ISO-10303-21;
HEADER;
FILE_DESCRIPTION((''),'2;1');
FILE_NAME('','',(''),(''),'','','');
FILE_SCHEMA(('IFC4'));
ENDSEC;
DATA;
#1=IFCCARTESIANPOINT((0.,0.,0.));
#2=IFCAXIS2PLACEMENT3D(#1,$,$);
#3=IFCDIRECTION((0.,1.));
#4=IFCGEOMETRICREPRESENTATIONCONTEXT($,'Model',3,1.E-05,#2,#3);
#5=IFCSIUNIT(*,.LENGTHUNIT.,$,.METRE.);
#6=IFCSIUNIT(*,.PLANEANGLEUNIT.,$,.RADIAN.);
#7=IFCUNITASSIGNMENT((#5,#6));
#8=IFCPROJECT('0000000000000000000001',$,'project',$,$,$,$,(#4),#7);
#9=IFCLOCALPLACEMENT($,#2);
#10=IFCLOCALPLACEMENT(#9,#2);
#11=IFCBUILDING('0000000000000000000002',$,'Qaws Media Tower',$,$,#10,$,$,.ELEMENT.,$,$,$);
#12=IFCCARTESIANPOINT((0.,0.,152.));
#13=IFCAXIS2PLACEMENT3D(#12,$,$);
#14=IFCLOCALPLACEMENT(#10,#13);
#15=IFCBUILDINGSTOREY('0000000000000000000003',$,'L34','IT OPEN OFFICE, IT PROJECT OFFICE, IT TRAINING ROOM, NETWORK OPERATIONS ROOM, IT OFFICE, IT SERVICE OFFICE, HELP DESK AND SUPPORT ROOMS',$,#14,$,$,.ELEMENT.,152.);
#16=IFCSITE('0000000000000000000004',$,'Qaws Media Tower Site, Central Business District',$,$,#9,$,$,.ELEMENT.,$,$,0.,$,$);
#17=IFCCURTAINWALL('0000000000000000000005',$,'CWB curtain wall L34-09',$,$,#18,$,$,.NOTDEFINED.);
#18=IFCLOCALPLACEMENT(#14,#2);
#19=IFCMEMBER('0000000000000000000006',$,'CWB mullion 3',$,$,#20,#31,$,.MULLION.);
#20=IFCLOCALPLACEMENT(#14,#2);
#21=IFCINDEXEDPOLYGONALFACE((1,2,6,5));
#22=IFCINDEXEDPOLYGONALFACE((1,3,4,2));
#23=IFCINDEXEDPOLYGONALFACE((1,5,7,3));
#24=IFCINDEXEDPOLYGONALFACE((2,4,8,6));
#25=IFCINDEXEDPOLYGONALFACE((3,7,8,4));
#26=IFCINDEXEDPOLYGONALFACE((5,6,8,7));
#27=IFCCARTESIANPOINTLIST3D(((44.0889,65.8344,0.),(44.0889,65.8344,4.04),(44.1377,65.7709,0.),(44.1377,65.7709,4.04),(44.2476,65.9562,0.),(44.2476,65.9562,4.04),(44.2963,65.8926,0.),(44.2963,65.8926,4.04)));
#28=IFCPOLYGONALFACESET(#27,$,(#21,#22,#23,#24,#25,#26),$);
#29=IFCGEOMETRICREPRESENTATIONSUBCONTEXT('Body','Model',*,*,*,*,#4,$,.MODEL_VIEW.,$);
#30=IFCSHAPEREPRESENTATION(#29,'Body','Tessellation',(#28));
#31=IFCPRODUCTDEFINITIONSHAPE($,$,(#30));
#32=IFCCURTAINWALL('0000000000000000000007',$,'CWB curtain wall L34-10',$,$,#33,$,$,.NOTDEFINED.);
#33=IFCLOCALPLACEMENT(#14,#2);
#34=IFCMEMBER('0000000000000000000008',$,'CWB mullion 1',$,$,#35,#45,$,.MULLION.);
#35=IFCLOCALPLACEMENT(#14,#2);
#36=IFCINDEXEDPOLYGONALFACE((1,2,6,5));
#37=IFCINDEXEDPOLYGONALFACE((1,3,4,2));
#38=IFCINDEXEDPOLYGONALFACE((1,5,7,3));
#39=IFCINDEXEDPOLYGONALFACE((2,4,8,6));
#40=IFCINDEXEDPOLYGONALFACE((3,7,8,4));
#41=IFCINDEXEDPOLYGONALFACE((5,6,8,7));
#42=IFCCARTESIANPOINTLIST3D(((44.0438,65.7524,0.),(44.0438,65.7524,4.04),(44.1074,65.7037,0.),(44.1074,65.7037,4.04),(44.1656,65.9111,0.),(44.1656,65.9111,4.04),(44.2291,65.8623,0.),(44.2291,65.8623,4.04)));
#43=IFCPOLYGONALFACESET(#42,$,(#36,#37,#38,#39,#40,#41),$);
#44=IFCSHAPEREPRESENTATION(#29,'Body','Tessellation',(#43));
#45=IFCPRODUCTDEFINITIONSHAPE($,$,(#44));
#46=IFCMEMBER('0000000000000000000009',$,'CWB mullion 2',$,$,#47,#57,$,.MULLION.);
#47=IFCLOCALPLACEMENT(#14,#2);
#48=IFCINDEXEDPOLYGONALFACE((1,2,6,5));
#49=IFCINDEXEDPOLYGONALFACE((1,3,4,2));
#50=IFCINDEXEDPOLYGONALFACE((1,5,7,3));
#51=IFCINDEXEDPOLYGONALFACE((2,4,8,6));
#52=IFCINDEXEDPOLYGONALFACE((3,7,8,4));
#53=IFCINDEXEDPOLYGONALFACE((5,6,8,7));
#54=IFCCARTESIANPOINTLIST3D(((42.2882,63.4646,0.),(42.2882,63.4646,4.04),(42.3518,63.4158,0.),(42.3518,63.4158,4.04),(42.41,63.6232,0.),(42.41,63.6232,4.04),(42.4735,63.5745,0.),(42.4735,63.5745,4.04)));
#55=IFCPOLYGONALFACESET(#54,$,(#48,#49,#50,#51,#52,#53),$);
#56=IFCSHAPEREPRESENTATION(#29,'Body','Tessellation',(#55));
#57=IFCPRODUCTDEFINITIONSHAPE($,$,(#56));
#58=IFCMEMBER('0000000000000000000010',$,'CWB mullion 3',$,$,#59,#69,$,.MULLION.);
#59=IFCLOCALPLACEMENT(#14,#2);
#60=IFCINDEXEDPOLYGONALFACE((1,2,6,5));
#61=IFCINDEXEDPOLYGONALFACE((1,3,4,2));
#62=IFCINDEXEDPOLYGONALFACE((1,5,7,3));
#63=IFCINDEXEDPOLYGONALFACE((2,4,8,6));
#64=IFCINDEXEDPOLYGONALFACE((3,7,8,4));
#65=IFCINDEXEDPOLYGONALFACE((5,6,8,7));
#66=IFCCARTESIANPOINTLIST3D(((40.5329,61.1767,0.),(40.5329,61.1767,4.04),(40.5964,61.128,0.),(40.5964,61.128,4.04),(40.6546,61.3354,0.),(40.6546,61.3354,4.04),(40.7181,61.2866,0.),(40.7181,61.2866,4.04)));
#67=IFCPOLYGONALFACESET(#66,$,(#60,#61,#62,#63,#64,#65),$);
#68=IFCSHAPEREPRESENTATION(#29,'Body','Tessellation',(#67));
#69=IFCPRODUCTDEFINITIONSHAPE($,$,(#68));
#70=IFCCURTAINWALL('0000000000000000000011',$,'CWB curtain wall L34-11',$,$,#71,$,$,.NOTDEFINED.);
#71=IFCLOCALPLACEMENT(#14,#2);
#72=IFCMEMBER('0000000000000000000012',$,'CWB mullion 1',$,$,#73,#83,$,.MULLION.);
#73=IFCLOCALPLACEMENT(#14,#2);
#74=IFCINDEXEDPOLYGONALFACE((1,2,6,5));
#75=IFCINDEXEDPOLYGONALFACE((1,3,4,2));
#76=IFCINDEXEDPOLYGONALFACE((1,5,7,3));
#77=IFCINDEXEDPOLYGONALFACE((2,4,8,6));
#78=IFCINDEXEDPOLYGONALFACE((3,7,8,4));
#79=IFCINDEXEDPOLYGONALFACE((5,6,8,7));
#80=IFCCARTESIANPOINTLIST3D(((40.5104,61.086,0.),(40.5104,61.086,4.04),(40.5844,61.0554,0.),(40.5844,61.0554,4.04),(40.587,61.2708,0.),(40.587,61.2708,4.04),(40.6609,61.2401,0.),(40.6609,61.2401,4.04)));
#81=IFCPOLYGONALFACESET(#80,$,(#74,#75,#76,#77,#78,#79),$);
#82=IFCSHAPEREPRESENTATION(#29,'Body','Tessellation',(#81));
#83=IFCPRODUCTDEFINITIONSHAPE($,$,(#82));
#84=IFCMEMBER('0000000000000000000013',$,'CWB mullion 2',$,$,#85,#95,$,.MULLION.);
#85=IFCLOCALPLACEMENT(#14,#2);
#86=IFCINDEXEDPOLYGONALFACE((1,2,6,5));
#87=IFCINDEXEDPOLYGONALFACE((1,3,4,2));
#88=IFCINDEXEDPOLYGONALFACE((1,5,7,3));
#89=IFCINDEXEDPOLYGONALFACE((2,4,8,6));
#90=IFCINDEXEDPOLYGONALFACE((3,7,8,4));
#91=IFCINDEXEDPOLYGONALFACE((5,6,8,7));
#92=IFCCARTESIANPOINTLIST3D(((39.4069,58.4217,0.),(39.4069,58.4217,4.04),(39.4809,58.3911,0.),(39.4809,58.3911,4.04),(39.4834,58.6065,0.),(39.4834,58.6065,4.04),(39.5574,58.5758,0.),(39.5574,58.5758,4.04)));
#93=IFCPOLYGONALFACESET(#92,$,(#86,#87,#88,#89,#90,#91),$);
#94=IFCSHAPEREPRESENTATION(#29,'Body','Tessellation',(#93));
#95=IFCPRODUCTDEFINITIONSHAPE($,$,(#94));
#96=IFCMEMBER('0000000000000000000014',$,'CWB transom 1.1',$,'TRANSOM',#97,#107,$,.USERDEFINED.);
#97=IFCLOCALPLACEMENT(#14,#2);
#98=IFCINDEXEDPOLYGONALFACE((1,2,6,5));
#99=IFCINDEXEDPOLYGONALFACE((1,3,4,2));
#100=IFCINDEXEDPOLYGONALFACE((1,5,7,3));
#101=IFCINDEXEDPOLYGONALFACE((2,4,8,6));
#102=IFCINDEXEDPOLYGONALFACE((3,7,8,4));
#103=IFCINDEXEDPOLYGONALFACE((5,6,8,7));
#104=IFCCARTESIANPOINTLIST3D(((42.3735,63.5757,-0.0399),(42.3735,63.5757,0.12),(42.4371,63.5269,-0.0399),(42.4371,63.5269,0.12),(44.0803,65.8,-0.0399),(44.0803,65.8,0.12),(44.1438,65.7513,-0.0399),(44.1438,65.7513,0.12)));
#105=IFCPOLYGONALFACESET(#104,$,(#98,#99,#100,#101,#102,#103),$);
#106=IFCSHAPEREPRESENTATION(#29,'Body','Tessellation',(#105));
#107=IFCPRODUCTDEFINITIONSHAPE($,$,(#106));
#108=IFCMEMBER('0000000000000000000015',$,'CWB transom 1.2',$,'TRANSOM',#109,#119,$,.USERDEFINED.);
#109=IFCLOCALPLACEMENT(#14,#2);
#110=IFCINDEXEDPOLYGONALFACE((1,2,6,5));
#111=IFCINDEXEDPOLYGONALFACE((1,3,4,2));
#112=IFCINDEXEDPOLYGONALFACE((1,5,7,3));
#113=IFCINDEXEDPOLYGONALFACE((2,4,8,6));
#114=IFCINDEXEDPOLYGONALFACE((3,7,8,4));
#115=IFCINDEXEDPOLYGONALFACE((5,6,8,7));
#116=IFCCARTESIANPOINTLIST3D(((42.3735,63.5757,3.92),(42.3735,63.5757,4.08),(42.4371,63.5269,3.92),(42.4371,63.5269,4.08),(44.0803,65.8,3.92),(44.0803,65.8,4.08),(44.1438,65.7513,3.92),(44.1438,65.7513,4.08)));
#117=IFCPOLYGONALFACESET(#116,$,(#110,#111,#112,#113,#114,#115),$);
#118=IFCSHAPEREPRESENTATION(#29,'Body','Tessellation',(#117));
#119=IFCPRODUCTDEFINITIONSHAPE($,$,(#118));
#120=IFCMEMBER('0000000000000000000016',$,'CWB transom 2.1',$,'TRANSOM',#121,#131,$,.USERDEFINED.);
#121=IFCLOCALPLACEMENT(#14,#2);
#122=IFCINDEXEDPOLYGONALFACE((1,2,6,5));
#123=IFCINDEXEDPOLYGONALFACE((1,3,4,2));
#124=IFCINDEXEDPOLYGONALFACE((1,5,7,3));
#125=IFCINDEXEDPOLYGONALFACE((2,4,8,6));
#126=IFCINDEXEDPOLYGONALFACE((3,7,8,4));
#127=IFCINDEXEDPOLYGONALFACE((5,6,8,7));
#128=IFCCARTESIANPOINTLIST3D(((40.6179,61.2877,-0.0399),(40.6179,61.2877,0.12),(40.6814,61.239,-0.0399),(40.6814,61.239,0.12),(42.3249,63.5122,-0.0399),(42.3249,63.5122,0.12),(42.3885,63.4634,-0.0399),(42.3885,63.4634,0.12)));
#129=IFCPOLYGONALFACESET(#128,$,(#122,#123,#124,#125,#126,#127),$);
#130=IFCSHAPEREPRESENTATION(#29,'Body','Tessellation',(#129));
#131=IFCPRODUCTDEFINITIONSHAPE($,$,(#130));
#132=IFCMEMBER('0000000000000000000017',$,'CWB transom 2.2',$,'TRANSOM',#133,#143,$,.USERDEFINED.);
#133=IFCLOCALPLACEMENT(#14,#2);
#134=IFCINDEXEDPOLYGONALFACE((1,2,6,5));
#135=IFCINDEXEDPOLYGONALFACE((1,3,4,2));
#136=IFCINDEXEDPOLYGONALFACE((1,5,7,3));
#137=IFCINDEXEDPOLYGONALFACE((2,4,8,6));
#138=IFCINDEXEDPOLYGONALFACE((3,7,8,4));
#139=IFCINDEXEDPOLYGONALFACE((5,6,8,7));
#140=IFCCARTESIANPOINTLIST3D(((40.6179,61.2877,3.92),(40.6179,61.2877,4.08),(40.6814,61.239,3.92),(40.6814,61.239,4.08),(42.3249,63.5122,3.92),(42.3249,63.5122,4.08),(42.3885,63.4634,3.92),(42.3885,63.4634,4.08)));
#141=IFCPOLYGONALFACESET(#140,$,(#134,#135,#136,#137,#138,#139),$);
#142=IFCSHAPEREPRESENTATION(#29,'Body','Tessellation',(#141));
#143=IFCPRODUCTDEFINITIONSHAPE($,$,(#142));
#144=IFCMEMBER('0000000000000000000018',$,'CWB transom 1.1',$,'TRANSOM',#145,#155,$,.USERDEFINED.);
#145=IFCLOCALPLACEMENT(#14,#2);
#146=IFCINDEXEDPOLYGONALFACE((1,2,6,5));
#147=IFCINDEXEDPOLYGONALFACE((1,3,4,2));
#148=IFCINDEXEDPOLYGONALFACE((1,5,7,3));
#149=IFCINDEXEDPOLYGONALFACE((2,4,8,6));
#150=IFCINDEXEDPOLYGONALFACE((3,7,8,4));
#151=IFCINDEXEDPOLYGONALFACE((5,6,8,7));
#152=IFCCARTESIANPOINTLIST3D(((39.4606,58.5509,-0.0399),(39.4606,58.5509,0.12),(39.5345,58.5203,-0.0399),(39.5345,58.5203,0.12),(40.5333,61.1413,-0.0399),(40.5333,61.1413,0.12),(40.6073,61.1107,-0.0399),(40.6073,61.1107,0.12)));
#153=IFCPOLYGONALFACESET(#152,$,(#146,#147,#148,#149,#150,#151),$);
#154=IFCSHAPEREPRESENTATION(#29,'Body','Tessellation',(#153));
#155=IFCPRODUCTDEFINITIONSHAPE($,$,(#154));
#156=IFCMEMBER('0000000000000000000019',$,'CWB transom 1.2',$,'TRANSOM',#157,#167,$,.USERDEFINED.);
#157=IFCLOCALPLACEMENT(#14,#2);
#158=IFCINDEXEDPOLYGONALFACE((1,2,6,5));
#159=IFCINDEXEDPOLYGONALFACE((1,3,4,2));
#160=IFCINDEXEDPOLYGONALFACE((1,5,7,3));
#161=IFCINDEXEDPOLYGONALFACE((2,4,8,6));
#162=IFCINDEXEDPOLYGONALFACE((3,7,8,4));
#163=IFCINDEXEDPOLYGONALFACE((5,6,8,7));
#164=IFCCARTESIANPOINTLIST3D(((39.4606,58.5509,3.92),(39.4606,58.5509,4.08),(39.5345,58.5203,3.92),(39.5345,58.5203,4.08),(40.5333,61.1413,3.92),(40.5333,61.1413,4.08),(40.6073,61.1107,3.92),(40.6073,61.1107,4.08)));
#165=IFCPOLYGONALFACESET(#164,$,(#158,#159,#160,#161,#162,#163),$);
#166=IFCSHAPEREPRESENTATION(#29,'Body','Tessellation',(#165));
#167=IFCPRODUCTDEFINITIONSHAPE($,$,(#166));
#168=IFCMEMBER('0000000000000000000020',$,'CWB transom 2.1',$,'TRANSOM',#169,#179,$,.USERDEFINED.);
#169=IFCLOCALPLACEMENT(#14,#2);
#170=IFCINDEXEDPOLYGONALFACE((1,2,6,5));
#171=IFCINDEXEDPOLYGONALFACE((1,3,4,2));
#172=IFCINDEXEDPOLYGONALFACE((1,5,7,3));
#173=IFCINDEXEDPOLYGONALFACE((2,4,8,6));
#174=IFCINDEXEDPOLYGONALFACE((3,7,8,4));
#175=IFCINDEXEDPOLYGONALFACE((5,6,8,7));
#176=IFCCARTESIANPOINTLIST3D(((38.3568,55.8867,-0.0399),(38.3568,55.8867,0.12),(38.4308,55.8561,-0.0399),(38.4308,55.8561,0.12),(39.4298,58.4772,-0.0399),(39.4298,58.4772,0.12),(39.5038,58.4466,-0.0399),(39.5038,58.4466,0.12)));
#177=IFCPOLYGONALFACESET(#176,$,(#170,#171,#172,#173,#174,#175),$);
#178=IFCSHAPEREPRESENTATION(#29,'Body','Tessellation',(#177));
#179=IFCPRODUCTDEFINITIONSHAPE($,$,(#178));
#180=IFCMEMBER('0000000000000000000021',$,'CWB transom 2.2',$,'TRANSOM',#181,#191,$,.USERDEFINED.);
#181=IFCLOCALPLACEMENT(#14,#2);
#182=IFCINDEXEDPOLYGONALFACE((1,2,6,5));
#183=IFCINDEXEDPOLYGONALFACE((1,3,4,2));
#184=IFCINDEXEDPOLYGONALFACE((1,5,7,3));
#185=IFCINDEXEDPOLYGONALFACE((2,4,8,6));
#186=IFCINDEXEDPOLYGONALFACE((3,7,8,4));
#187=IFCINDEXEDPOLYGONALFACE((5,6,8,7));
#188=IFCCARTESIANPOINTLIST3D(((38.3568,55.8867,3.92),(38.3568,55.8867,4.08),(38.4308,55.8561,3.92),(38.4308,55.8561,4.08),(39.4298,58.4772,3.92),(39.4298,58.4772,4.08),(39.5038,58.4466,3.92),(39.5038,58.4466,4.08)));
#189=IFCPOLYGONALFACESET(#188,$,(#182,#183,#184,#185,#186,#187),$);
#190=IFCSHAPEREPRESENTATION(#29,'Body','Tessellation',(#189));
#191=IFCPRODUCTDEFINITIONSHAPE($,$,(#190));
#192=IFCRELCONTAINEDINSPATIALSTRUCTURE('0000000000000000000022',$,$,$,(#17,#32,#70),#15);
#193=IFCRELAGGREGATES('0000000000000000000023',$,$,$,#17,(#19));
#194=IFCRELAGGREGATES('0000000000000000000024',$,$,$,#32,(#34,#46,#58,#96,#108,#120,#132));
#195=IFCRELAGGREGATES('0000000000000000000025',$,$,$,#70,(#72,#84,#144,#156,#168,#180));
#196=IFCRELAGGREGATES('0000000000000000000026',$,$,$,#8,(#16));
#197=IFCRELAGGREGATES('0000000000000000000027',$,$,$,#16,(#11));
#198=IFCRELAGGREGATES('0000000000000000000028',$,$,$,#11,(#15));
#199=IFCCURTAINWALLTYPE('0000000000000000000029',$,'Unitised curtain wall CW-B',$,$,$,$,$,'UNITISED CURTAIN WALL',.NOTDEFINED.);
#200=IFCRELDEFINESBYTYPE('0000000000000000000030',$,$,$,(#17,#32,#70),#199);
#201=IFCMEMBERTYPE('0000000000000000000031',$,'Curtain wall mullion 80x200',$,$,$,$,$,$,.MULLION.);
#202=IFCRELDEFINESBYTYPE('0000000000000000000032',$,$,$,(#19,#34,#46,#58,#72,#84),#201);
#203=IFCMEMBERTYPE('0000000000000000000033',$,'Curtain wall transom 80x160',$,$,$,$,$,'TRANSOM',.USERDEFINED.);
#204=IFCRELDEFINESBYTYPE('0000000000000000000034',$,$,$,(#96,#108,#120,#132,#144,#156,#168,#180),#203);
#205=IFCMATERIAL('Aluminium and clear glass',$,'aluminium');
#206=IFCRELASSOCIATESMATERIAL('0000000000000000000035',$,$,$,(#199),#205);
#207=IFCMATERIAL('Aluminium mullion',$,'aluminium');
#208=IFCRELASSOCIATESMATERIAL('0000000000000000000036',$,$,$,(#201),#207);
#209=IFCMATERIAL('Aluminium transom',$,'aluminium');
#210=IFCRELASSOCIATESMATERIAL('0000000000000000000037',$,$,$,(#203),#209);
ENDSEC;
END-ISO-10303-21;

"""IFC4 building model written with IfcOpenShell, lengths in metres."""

from ifc_helpers import new_model, si_unit, direction, frame, origin, origin_2d, place, context, subcontext, project, spatial, rectangle, extrude, material, material_profile, profile_set, type_object, element, aggregate, save


model = new_model("IFC4")

# Units and contexts
model_context = context("Model", 3, precision=1e-05, world=origin(), true_north=direction((0.0, 1.0)))
body_context = subcontext(model_context, "Body", "Model", "MODEL_VIEW")
ifc_project = project(units=[si_unit("LENGTHUNIT", "METRE"), si_unit("PLANEANGLEUNIT", "RADIAN")], contexts=[model_context])

# Site, building, storey
site_placement = place(None, origin())
site = spatial("IfcSite", under=ifc_project, at=site_placement, Name="Qaws Media Tower Site, Central Business District", CompositionType="ELEMENT", RefElevation=0.0)
building_placement = place(site_placement, origin())
building = spatial("IfcBuilding", under=site, at=building_placement, Name="Qaws Media Tower", CompositionType="ELEMENT")
storey_placement = place(building_placement, frame((0.0, 0.0, 152.0)))
storey = spatial("IfcBuildingStorey", under=building, at=storey_placement, Name="L34", Description="IT OPEN OFFICE, IT PROJECT OFFICE, IT TRAINING ROOM, NETWORK OPERATIONS ROOM, IT OFFICE, IT SERVICE OFFICE, HELP DESK AND SUPPORT ROOMS", CompositionType="ELEMENT", Elevation=152.0)

# Curtain wall, member
ifc_material_1 = material(Name="Aluminium and clear glass", Category="aluminium")
curtain_wall_type = type_object("IfcCurtainWallType", Name="Unitised curtain wall CW-B", ElementType="UNITISED CURTAIN WALL", PredefinedType="NOTDEFINED", material=ifc_material_1)
curtain_wall_1_placement = place(storey_placement, origin())
curtain_wall_1 = element("IfcCurtainWall", 1, at=curtain_wall_1_placement, inside=storey, type_object=curtain_wall_type, Name="CWB curtain wall L34-09", PredefinedType="NOTDEFINED")
ifc_material_2 = material(Name="Aluminium mullion", Category="aluminium")
ifc_material_profile_1 = material_profile(ifc_material_2, rectangle(XDim=0.0801, YDim=0.2, at=origin_2d()), Name="80x200")
ifc_profile_set_1 = profile_set([ifc_material_profile_1], Name="Aluminium mullion")
member_type_1 = type_object("IfcMemberType", Name="Curtain wall mullion 80x200", PredefinedType="MULLION", material=ifc_profile_set_1)
member_1_placement = place(storey_placement, frame((44.1926, 65.8635, 0.0), z_axis=(0.0, 0.0, 1.0), x_axis=(0.608761, -0.793353, 0.0)))
member_1 = element("IfcMember", 2, at=member_1_placement, type_object=member_type_1, Name="CWB mullion 3", PredefinedType="MULLION", context=body_context, shape_type="SweptSolid", body=[
    extrude(rectangle(XDim=0.0801, YDim=0.2, at=origin_2d()), origin(), (0.0, 0.0, 1.0), 4.04),
])
aggregate(curtain_wall_1, [member_1])

# Curtain walls, members
curtain_wall_2_placement = place(storey_placement, origin())
curtain_wall_2 = element("IfcCurtainWall", 3, at=curtain_wall_2_placement, inside=storey, type_object=curtain_wall_type, Name="CWB curtain wall L34-10", PredefinedType="NOTDEFINED")
member_2_placement = place(storey_placement, frame((44.1365, 65.8074, 0.0), z_axis=(0.0, 0.0, 1.0), x_axis=(0.793353, -0.608761, 0.0)))
member_2 = element("IfcMember", 4, at=member_2_placement, type_object=member_type_1, Name="CWB mullion 1", PredefinedType="MULLION", context=body_context, shape_type="SweptSolid", body=[
    extrude(rectangle(XDim=0.0801, YDim=0.2, at=origin_2d()), origin(), (0.0, 0.0, 1.0), 4.04),
])
member_3_placement = place(storey_placement, frame((42.3809, 63.5195, 0.0), z_axis=(0.0, 0.0, 1.0), x_axis=(0.793353, -0.608761, 0.0)))
member_3 = element("IfcMember", 5, at=member_3_placement, type_object=member_type_1, Name="CWB mullion 2", PredefinedType="MULLION", context=body_context, shape_type="SweptSolid", body=[
    extrude(rectangle(XDim=0.0801, YDim=0.2, at=origin_2d()), origin(), (0.0, 0.0, 1.0), 4.04),
])
member_4_placement = place(storey_placement, frame((40.6255, 61.2317, 0.0), z_axis=(0.0, 0.0, 1.0), x_axis=(0.793353, -0.608761, 0.0)))
member_4 = element("IfcMember", 6, at=member_4_placement, type_object=member_type_1, Name="CWB mullion 3", PredefinedType="MULLION", context=body_context, shape_type="SweptSolid", body=[
    extrude(rectangle(XDim=0.0801, YDim=0.2, at=origin_2d()), origin(), (0.0, 0.0, 1.0), 4.04),
])
curtain_wall_3_placement = place(storey_placement, origin())
curtain_wall_3 = element("IfcCurtainWall", 7, at=curtain_wall_3_placement, inside=storey, type_object=curtain_wall_type, Name="CWB curtain wall L34-11", PredefinedType="NOTDEFINED")
member_5_placement = place(storey_placement, frame((40.5857, 61.1631, 0.0), z_axis=(0.0, 0.0, 1.0), x_axis=(0.923879, -0.382684, 0.0)))
member_5 = element("IfcMember", 8, at=member_5_placement, type_object=member_type_1, Name="CWB mullion 1", PredefinedType="MULLION", context=body_context, shape_type="SweptSolid", body=[
    extrude(rectangle(XDim=0.0801, YDim=0.2, at=origin_2d()), origin(), (0.0, 0.0, 1.0), 4.04),
])
member_6_placement = place(storey_placement, frame((39.4822, 58.4988, 0.0), z_axis=(0.0, 0.0, 1.0), x_axis=(0.923879, -0.382684, 0.0)))
member_6 = element("IfcMember", 9, at=member_6_placement, type_object=member_type_1, Name="CWB mullion 2", PredefinedType="MULLION", context=body_context, shape_type="SweptSolid", body=[
    extrude(rectangle(XDim=0.0801, YDim=0.2, at=origin_2d()), origin(), (0.0, 0.0, 1.0), 4.04),
])

# Members
ifc_material_3 = material(Name="Aluminium transom", Category="aluminium")
ifc_material_profile_2 = material_profile(ifc_material_3, rectangle(XDim=0.0801, YDim=0.1599, at=origin_2d()), Name="80x160")
ifc_profile_set_2 = profile_set([ifc_material_profile_2], Name="Aluminium transom")
member_type_2 = type_object("IfcMemberType", Name="Curtain wall transom 80x160", ElementType="TRANSOM", PredefinedType="USERDEFINED", material=ifc_profile_set_2)
member_7_placement = place(storey_placement, frame((44.1121, 65.7756, 0.04), z_axis=(-0.608755, -0.793358, 0.0), x_axis=(0.793358, -0.608755, 0.0)))
member_7 = element("IfcMember", 10, at=member_7_placement, type_object=member_type_2, Name="CWB transom 1.1", ObjectType="TRANSOM", PredefinedType="USERDEFINED", context=body_context, shape_type="SweptSolid", body=[
    extrude(rectangle(XDim=0.0801, YDim=0.1599, at=origin_2d()), origin(), (0.0, 0.0, 1.0), 2.8037),
])
member_8_placement = place(storey_placement, frame((44.1121, 65.7756, 4.0), z_axis=(-0.608755, -0.793358, 0.0), x_axis=(0.793358, -0.608755, 0.0)))
member_8 = element("IfcMember", 11, at=member_8_placement, type_object=member_type_2, Name="CWB transom 1.2", ObjectType="TRANSOM", PredefinedType="USERDEFINED", context=body_context, shape_type="SweptSolid", body=[
    extrude(rectangle(XDim=0.0801, YDim=0.1599, at=origin_2d()), origin(), (0.0, 0.0, 1.0), 2.8037),
])
member_9_placement = place(storey_placement, frame((42.3567, 63.4878, 0.04), z_axis=(-0.60881, -0.793316, 0.0), x_axis=(0.793316, -0.60881, 0.0)))
member_9 = element("IfcMember", 12, at=member_9_placement, type_object=member_type_2, Name="CWB transom 2.1", ObjectType="TRANSOM", PredefinedType="USERDEFINED", context=body_context, shape_type="SweptSolid", body=[
    extrude(rectangle(XDim=0.0801, YDim=0.1599, at=origin_2d()), origin(), (0.0, 0.0, 1.0), 2.804),
])
member_10_placement = place(storey_placement, frame((42.3567, 63.4878, 4.0), z_axis=(-0.60881, -0.793316, 0.0), x_axis=(0.793316, -0.60881, 0.0)))
member_10 = element("IfcMember", 13, at=member_10_placement, type_object=member_type_2, Name="CWB transom 2.2", ObjectType="TRANSOM", PredefinedType="USERDEFINED", context=body_context, shape_type="SweptSolid", body=[
    extrude(rectangle(XDim=0.0801, YDim=0.1599, at=origin_2d()), origin(), (0.0, 0.0, 1.0), 2.804),
])
member_11_placement = place(storey_placement, frame((40.5703, 61.126, 0.04), z_axis=(-0.382624, -0.923904, 0.0), x_axis=(0.923904, -0.382624, 0.0)))
member_11 = element("IfcMember", 14, at=member_11_placement, type_object=member_type_2, Name="CWB transom 1.1", ObjectType="TRANSOM", PredefinedType="USERDEFINED", context=body_context, shape_type="SweptSolid", body=[
    extrude(rectangle(XDim=0.0801, YDim=0.1599, at=origin_2d()), origin(), (0.0, 0.0, 1.0), 2.8037),
])
member_12_placement = place(storey_placement, frame((40.5703, 61.126, 4.0), z_axis=(-0.382624, -0.923904, 0.0), x_axis=(0.923904, -0.382624, 0.0)))
member_12 = element("IfcMember", 15, at=member_12_placement, type_object=member_type_2, Name="CWB transom 1.2", ObjectType="TRANSOM", PredefinedType="USERDEFINED", context=body_context, shape_type="SweptSolid", body=[
    extrude(rectangle(XDim=0.0801, YDim=0.1599, at=origin_2d()), origin(), (0.0, 0.0, 1.0), 2.8037),
])
member_13_placement = place(storey_placement, frame((39.4668, 58.4619, 0.04), z_axis=(-0.382667, -0.923886, 0.0), x_axis=(0.923886, -0.382667, 0.0)))
member_13 = element("IfcMember", 16, at=member_13_placement, type_object=member_type_2, Name="CWB transom 2.1", ObjectType="TRANSOM", PredefinedType="USERDEFINED", context=body_context, shape_type="SweptSolid", body=[
    extrude(rectangle(XDim=0.0801, YDim=0.1599, at=origin_2d()), origin(), (0.0, 0.0, 1.0), 2.804),
])
member_14_placement = place(storey_placement, frame((39.4668, 58.4619, 4.0), z_axis=(-0.382667, -0.923886, 0.0), x_axis=(0.923886, -0.382667, 0.0)))
member_14 = element("IfcMember", 17, at=member_14_placement, type_object=member_type_2, Name="CWB transom 2.2", ObjectType="TRANSOM", PredefinedType="USERDEFINED", context=body_context, shape_type="SweptSolid", body=[
    extrude(rectangle(XDim=0.0801, YDim=0.1599, at=origin_2d()), origin(), (0.0, 0.0, 1.0), 2.804),
])

aggregate(curtain_wall_2, [member_2, member_3, member_4, member_7, member_8, member_9, member_10])
aggregate(curtain_wall_3, [member_5, member_6, member_11, member_12, member_13, member_14])

save(model, "model.ifc")
